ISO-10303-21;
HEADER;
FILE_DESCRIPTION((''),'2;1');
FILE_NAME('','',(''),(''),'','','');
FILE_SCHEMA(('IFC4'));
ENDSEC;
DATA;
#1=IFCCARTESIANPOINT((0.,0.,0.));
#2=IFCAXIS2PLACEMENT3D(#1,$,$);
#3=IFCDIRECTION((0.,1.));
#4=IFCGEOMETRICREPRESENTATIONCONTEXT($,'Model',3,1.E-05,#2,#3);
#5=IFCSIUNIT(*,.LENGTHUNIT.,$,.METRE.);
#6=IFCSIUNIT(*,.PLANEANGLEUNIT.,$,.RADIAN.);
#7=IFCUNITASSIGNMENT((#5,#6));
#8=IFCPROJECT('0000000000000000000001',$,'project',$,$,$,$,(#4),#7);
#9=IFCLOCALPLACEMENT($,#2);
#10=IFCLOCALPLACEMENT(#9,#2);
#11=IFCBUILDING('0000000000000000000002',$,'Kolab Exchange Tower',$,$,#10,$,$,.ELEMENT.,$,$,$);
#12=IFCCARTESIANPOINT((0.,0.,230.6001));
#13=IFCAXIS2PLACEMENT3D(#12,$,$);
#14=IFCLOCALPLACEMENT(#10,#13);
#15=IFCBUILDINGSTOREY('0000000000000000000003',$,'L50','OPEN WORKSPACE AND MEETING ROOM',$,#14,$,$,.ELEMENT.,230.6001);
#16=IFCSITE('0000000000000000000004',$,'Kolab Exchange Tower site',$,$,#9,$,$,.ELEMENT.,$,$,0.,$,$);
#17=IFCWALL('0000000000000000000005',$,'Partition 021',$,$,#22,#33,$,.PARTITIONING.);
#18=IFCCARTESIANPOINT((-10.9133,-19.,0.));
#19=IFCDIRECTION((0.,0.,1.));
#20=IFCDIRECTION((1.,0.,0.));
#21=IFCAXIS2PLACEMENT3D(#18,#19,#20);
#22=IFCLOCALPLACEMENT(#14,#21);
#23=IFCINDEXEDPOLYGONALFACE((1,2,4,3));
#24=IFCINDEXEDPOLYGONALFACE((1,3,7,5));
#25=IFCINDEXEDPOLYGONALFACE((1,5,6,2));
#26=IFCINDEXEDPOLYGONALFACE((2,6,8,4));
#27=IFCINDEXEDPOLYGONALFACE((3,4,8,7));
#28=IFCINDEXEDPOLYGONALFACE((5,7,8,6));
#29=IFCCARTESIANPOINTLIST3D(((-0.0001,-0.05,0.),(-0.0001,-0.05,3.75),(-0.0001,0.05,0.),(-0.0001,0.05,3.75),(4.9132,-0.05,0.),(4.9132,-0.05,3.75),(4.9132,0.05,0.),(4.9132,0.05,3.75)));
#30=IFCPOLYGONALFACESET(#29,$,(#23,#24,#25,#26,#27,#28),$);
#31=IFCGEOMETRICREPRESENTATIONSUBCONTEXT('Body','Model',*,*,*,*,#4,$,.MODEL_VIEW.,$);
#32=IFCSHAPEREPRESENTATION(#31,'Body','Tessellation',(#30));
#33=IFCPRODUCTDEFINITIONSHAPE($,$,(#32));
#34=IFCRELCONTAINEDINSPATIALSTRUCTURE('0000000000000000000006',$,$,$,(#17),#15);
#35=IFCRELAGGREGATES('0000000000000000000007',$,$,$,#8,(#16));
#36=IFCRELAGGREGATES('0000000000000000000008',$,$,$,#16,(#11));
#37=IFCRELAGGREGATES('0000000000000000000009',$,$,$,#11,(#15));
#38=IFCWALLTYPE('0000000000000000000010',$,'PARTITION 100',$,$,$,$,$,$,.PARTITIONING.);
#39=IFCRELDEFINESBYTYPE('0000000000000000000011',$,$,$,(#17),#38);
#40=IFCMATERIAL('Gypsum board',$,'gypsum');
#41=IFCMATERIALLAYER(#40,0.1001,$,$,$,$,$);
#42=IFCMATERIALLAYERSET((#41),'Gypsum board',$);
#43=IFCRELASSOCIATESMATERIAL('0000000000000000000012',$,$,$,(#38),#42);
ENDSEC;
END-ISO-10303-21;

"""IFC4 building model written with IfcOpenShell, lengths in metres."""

from ifc_helpers import new_model, si_unit, direction, frame, frame_2d, origin, place, context, subcontext, project, spatial, rectangle, extrude, material, layer, layer_set, type_object, element, save


model = new_model("IFC4")

# Units and contexts
model_context = context("Model", 3, precision=1e-05, world=origin(), true_north=direction((0.0, 1.0)))
body_context = subcontext(model_context, "Body", "Model", "MODEL_VIEW")
ifc_project = project(units=[si_unit("LENGTHUNIT", "METRE"), si_unit("PLANEANGLEUNIT", "RADIAN")], contexts=[model_context])

# Site, building, storey
site_placement = place(None, origin())
site = spatial("IfcSite", under=ifc_project, at=site_placement, Name="Kolab Exchange Tower site", CompositionType="ELEMENT", RefElevation=0.0)
building_placement = place(site_placement, origin())
building = spatial("IfcBuilding", under=site, at=building_placement, Name="Kolab Exchange Tower", CompositionType="ELEMENT")
storey_placement = place(building_placement, frame((0.0, 0.0, 230.6001)))
storey = spatial("IfcBuildingStorey", under=building, at=storey_placement, Name="L50", Description="OPEN WORKSPACE AND MEETING ROOM", CompositionType="ELEMENT", Elevation=230.6001)

# Wall
ifc_material_1 = material(Name="Gypsum board", Category="gypsum")
ifc_layer_1 = layer(ifc_material_1, 0.1001)
ifc_layer_set_1 = layer_set([ifc_layer_1], Name="Gypsum board")
wall_type = type_object("IfcWallType", Name="PARTITION 100", PredefinedType="PARTITIONING", material=ifc_layer_set_1)
wall_1_placement = place(storey_placement, frame((-10.9133, -19.0, 0.0), z_axis=(0.0, 0.0, 1.0), x_axis=(1.0, 0.0, 0.0)))
element("IfcWall", 1, at=wall_1_placement, inside=storey, type_object=wall_type, Name="Partition 021", PredefinedType="PARTITIONING", context=body_context, shape_type="SweptSolid", body=[
    extrude(rectangle(XDim=4.9133, YDim=0.1001, at=frame_2d((2.4565, 0.0))), origin(), (0.0, 0.0, 1.0), 3.75),
])

save(model, "model.ifc")
